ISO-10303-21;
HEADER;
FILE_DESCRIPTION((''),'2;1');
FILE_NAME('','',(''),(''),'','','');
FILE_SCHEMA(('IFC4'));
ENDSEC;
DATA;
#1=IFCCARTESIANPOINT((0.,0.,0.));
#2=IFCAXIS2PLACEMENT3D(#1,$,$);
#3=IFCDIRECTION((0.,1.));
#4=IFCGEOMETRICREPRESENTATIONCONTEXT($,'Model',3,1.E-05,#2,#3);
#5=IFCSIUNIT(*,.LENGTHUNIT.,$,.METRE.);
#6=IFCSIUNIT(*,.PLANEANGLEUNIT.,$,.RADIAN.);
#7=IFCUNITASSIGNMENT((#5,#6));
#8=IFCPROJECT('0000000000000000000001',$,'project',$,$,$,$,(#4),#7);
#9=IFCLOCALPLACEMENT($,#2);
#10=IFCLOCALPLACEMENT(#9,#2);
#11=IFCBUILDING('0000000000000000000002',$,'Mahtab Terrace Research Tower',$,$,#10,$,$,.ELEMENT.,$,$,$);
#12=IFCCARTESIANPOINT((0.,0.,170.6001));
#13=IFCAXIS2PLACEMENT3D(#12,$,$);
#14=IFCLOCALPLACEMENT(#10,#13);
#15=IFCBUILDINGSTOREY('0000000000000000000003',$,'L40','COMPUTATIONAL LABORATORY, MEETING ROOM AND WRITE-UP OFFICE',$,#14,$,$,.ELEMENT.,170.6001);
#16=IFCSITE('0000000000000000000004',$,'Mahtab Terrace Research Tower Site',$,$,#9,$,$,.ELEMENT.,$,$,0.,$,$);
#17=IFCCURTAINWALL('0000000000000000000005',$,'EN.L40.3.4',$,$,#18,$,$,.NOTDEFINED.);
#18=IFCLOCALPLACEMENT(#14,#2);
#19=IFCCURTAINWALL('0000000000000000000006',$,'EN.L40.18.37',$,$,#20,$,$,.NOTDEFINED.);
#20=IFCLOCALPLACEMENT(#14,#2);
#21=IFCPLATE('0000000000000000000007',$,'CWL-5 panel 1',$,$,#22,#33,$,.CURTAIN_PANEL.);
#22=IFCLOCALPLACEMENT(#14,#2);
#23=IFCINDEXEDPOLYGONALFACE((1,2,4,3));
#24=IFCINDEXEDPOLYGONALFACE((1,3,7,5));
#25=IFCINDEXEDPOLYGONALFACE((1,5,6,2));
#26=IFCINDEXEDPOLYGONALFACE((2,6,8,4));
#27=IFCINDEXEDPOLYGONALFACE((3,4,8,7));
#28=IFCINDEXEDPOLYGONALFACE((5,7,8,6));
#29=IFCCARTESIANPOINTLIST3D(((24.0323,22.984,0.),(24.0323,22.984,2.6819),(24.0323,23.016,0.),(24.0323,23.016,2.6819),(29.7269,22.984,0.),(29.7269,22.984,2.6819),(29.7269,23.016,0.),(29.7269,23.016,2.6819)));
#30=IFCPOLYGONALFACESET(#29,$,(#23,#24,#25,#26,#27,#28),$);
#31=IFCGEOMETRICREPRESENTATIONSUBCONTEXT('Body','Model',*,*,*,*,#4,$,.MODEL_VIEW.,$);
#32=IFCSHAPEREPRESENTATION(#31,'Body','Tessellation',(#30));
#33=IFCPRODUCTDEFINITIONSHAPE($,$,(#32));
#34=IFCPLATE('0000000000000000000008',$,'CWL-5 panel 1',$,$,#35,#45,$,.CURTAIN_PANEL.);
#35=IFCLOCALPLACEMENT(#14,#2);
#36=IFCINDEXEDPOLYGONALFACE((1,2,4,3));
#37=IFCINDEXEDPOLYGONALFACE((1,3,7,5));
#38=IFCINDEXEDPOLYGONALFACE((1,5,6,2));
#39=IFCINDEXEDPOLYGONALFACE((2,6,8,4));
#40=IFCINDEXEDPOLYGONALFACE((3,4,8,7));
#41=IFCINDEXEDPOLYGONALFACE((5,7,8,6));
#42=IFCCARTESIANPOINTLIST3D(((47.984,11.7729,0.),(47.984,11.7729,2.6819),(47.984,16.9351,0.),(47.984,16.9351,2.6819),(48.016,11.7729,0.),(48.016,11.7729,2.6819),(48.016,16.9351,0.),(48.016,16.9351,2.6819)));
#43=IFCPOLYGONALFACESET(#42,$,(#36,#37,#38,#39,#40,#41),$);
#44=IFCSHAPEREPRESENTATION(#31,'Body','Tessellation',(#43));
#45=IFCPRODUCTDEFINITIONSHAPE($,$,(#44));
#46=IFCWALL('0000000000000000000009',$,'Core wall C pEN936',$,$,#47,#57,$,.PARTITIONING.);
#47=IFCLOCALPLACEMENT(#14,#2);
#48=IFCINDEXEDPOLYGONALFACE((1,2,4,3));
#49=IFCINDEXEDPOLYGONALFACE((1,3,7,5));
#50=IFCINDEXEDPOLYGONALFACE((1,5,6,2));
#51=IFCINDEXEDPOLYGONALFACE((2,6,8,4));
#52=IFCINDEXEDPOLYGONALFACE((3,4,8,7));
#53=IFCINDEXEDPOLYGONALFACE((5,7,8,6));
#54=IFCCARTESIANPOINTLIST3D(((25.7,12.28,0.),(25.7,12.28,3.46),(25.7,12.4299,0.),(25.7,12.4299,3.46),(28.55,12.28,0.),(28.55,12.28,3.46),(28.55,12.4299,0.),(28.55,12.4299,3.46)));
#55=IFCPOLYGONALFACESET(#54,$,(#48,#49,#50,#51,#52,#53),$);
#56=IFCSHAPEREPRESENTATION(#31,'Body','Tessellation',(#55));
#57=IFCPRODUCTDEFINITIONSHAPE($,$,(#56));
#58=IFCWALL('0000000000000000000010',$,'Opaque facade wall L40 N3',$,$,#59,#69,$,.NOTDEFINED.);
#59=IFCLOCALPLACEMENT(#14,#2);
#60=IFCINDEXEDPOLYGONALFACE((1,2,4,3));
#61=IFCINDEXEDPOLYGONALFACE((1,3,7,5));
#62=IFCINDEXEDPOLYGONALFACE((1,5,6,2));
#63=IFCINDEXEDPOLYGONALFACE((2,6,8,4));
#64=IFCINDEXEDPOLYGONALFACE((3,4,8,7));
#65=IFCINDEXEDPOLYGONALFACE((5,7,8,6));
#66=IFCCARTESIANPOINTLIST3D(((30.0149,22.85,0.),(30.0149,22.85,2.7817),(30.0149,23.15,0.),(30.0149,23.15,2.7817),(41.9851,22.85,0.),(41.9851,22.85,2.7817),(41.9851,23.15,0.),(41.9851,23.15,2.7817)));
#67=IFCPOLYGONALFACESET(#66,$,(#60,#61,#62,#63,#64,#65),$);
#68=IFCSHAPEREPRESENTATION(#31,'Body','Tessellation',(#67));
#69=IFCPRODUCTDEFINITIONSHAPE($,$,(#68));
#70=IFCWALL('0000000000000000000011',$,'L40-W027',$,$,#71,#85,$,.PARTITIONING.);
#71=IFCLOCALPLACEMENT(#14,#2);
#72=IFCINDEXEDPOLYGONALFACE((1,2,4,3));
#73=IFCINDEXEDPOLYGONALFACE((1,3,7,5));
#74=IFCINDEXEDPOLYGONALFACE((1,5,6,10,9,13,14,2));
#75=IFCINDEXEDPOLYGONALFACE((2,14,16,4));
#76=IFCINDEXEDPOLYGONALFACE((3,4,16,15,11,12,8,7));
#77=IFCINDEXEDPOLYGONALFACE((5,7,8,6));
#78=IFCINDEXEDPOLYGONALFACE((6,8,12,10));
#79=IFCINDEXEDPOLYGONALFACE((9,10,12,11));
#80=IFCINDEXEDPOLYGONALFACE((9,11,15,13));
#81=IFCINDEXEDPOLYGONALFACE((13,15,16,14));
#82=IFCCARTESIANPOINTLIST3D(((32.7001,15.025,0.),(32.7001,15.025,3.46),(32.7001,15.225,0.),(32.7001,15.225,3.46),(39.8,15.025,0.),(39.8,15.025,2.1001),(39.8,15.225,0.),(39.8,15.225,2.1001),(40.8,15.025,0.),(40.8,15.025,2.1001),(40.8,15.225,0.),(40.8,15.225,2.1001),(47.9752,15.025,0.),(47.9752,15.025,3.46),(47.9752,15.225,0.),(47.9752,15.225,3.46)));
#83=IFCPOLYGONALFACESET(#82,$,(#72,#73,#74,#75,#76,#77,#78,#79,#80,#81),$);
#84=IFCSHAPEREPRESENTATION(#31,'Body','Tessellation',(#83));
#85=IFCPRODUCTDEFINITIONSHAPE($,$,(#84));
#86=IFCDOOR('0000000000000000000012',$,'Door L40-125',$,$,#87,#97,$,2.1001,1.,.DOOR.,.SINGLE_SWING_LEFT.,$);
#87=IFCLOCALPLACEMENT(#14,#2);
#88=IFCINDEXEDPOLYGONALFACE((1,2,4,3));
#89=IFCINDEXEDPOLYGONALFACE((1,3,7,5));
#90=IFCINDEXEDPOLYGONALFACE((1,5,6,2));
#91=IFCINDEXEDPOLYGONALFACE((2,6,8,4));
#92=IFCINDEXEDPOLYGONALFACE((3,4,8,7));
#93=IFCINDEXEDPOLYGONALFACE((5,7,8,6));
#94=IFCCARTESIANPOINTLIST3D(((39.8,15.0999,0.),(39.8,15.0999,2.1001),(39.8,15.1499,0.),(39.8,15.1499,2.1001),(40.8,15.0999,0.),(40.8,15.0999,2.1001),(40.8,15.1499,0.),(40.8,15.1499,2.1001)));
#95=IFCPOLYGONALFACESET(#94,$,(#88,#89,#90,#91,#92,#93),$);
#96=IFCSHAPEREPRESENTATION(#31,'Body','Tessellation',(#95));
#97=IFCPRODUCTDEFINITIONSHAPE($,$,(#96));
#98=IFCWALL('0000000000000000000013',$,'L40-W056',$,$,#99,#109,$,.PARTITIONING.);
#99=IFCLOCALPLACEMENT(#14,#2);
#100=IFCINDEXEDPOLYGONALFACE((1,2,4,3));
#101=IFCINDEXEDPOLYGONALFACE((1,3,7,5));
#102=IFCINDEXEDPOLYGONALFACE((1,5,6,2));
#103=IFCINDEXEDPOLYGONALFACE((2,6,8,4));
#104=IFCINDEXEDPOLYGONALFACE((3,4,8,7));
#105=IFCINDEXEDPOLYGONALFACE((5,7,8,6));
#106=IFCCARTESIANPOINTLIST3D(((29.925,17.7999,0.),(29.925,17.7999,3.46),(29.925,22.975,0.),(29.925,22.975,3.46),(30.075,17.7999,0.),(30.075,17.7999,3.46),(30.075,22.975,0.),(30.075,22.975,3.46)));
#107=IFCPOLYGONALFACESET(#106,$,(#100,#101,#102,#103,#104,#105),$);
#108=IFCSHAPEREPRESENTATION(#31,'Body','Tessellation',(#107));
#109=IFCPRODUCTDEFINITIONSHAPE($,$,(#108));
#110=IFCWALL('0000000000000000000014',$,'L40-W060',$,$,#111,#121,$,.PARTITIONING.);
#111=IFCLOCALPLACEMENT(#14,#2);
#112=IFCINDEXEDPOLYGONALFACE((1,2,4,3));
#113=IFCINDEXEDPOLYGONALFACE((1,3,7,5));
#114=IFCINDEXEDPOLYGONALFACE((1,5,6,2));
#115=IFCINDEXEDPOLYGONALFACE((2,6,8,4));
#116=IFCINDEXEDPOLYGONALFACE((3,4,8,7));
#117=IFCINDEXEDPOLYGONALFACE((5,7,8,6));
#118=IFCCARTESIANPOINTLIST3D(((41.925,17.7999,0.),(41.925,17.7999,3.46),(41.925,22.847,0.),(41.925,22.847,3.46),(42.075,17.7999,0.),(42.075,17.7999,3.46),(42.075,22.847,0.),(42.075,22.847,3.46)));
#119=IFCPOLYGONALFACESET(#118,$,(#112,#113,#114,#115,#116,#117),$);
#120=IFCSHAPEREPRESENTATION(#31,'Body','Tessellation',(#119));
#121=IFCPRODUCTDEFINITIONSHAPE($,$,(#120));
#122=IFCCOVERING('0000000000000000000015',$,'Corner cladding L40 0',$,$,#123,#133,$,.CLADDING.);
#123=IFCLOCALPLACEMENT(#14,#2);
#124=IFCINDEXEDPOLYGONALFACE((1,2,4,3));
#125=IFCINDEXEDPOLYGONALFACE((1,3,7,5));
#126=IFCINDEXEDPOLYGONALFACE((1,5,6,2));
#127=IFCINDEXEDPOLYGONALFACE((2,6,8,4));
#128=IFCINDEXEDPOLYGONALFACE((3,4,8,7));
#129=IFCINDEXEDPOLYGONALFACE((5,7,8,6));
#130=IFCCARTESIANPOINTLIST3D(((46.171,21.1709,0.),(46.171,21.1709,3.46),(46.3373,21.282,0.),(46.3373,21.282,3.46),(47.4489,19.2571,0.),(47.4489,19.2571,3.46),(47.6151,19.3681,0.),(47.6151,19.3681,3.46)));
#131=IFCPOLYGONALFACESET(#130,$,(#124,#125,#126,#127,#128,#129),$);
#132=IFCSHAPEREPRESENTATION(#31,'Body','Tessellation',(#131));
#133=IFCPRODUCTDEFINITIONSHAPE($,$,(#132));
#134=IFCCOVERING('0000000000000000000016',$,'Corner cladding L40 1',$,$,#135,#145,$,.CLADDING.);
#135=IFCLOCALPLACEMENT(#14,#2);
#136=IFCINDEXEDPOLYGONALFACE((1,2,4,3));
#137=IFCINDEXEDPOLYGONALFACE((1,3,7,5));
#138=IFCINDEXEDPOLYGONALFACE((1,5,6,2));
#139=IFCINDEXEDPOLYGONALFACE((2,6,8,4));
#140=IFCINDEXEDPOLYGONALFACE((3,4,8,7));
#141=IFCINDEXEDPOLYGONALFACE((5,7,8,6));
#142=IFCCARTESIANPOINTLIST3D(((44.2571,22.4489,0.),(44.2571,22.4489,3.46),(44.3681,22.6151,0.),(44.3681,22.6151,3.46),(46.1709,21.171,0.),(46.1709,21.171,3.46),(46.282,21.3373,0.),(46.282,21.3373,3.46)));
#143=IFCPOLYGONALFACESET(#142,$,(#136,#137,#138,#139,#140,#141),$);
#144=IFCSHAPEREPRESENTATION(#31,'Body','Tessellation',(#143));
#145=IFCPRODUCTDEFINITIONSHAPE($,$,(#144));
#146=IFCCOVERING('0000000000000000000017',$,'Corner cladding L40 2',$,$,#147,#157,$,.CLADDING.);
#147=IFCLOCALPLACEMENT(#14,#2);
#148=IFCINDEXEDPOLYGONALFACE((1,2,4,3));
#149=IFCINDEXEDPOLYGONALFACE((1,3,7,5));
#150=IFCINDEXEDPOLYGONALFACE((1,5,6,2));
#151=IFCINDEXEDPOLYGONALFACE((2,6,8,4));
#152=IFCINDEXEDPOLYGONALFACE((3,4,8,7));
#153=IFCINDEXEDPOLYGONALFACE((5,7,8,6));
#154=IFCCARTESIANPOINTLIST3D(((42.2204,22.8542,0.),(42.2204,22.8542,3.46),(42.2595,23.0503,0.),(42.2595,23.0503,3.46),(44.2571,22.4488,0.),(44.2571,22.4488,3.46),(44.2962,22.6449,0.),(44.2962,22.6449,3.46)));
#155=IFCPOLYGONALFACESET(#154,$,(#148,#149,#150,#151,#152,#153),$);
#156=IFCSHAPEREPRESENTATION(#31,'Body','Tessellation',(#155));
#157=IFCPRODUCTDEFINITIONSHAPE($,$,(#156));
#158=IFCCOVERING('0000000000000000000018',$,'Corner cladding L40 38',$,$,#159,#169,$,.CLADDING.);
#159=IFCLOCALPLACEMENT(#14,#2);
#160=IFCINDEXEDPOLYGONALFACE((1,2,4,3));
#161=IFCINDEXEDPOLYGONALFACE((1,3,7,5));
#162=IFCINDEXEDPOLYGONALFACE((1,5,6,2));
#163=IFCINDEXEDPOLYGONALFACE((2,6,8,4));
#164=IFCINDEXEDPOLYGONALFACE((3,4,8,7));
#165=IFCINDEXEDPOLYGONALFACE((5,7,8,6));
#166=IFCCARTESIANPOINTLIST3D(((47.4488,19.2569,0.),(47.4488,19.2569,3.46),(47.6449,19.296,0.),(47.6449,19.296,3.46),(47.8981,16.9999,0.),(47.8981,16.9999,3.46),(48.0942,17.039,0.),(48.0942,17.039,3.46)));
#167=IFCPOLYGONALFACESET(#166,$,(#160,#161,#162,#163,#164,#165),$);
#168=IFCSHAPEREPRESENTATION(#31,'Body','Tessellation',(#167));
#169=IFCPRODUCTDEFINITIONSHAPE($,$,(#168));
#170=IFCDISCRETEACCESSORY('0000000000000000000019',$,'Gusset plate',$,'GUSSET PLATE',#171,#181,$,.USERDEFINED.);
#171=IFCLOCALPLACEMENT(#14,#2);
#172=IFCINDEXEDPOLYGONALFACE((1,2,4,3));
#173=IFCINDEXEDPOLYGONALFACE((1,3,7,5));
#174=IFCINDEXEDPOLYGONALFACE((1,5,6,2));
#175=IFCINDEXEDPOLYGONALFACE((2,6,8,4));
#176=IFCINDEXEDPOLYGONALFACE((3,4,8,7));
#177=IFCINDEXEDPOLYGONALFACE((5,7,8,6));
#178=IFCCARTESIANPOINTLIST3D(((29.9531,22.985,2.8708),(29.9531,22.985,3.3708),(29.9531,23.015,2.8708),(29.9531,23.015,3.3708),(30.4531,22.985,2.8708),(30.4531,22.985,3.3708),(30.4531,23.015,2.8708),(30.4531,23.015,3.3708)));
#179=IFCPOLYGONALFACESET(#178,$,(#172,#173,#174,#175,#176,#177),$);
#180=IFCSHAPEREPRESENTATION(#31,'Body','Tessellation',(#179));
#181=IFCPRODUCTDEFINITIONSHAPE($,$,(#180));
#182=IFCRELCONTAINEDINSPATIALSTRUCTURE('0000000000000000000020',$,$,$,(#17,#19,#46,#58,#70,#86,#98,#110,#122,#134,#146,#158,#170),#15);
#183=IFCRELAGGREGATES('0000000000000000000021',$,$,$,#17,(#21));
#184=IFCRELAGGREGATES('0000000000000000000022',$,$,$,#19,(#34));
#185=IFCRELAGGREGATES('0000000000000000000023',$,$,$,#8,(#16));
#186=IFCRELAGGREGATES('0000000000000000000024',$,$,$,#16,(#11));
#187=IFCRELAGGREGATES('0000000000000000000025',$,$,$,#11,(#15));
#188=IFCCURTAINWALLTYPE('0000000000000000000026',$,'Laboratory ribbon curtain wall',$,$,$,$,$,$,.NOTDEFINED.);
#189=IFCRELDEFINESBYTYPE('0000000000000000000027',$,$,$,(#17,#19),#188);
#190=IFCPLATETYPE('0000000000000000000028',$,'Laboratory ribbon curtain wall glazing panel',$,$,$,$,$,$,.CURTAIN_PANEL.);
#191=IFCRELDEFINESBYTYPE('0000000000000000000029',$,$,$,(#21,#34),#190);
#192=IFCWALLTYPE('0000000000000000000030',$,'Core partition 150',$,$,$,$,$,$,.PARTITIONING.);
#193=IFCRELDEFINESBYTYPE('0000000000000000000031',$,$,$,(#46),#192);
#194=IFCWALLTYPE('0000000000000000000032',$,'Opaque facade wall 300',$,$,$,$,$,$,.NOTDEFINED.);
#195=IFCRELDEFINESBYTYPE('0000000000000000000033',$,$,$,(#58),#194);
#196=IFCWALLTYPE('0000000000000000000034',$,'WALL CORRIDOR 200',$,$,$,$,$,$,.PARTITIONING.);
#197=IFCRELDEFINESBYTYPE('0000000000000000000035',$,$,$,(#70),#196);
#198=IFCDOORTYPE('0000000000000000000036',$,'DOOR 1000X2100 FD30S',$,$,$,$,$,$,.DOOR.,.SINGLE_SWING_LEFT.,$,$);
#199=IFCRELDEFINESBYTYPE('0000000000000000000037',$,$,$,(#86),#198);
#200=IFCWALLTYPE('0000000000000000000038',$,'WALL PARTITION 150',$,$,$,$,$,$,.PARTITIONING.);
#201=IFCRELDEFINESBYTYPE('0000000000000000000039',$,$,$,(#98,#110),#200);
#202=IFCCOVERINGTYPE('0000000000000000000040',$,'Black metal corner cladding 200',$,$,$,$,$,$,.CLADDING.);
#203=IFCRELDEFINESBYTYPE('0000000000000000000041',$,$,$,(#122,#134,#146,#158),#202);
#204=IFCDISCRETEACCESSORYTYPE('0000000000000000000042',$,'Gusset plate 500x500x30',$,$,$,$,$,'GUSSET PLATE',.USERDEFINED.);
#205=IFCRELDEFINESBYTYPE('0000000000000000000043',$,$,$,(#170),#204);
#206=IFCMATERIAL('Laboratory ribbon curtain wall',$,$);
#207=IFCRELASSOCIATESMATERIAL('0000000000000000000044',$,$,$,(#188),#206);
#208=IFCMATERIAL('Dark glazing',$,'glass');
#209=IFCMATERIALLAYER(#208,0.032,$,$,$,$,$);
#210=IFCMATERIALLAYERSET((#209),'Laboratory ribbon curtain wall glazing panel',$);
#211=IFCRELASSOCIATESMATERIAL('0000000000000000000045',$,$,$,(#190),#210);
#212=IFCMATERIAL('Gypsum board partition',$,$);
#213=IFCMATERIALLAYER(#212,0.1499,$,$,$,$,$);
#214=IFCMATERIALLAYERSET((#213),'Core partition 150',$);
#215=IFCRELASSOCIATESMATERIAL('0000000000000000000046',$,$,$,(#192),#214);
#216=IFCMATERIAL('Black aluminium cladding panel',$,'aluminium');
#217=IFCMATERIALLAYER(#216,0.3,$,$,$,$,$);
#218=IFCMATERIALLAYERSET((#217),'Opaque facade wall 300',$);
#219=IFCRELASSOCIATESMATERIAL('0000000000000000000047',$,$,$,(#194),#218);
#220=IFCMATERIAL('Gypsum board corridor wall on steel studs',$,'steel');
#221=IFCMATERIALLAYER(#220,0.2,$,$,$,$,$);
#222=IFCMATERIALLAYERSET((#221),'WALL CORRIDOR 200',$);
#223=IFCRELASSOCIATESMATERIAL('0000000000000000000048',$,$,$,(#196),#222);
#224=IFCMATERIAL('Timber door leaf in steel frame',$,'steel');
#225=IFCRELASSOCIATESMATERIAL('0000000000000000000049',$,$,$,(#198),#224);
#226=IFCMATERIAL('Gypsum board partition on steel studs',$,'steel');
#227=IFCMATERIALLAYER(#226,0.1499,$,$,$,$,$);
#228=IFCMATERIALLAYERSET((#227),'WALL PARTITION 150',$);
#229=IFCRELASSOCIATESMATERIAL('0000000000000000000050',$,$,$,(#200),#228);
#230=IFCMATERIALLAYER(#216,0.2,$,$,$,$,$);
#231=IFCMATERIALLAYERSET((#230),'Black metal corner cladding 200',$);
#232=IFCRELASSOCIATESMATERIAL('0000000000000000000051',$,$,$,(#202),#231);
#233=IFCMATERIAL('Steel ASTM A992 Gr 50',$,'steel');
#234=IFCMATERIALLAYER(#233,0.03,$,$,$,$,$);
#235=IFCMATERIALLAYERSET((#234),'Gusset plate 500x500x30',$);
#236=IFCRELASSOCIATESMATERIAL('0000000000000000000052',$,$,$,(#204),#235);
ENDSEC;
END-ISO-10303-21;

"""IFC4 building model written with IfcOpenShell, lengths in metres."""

from ifc_helpers import new_model, si_unit, direction, frame, frame_2d, origin, origin_2d, place, context, subcontext, project, spatial, rectangle, extrude, material, layer, layer_set, type_object, element, fill, aggregate, save


model = new_model("IFC4")

# Units and contexts
model_context = context("Model", 3, precision=1e-05, world=origin(), true_north=direction((0.0, 1.0)))
body_context = subcontext(model_context, "Body", "Model", "MODEL_VIEW")
ifc_project = project(units=[si_unit("LENGTHUNIT", "METRE"), si_unit("PLANEANGLEUNIT", "RADIAN")], contexts=[model_context])

# Site, building, storey
site_placement = place(None, origin())
site = spatial("IfcSite", under=ifc_project, at=site_placement, Name="Mahtab Terrace Research Tower Site", CompositionType="ELEMENT", RefElevation=0.0)
building_placement = place(site_placement, origin())
building = spatial("IfcBuilding", under=site, at=building_placement, Name="Mahtab Terrace Research Tower", CompositionType="ELEMENT")
storey_placement = place(building_placement, frame((0.0, 0.0, 170.6001)))
storey = spatial("IfcBuildingStorey", under=building, at=storey_placement, Name="L40", Description="COMPUTATIONAL LABORATORY, MEETING ROOM AND WRITE-UP OFFICE", CompositionType="ELEMENT", Elevation=170.6001)

# Shared definitions
ifc_material_1 = material(Name="Steel ASTM A992 Gr 50", Category="steel")

# Curtain walls
ifc_material_2 = material(Name="Laboratory ribbon curtain wall")
curtain_wall_type = type_object("IfcCurtainWallType", Name="Laboratory ribbon curtain wall", PredefinedType="NOTDEFINED", material=ifc_material_2)
curtain_wall_1_placement = place(storey_placement, origin())
curtain_wall_1 = element("IfcCurtainWall", 1, at=curtain_wall_1_placement, inside=storey, type_object=curtain_wall_type, Name="EN.L40.3.4", PredefinedType="NOTDEFINED")
curtain_wall_2_placement = place(storey_placement, origin())
curtain_wall_2 = element("IfcCurtainWall", 2, at=curtain_wall_2_placement, inside=storey, type_object=curtain_wall_type, Name="EN.L40.18.37", PredefinedType="NOTDEFINED")

# Plates
ifc_material_3 = material(Name="Dark glazing", Category="glass")
ifc_layer_1 = layer(ifc_material_3, 0.032)
ifc_layer_set_1 = layer_set([ifc_layer_1], Name="Laboratory ribbon curtain wall glazing panel")
plate_type = type_object("IfcPlateType", Name="Laboratory ribbon curtain wall glazing panel", PredefinedType="CURTAIN_PANEL", material=ifc_layer_set_1)
plate_1_placement = place(storey_placement, frame((26.8796, 23.0, 0.0), z_axis=(0.0, 0.0, 1.0), x_axis=(-1.0, 0.0, 0.0)))
plate_1 = element("IfcPlate", 3, at=plate_1_placement, type_object=plate_type, Name="CWL-5 panel 1", PredefinedType="CURTAIN_PANEL", context=body_context, shape_type="SweptSolid", body=[
    extrude(rectangle(XDim=5.6946, YDim=0.032, at=origin_2d()), origin(), (0.0, 0.0, 1.0), 2.6819),
])
aggregate(curtain_wall_1, [plate_1])
plate_2_placement = place(storey_placement, frame((48.0, 14.354, 0.0), z_axis=(0.0, 0.0, 1.0), x_axis=(0.0, 1.0, 0.0)))
plate_2 = element("IfcPlate", 4, at=plate_2_placement, type_object=plate_type, Name="CWL-5 panel 1", PredefinedType="CURTAIN_PANEL", context=body_context, shape_type="SweptSolid", body=[
    extrude(rectangle(XDim=5.1621, YDim=0.032, at=origin_2d()), origin(), (0.0, 0.0, 1.0), 2.6819),
])
aggregate(curtain_wall_2, [plate_2])

# Walls
ifc_material_4 = material(Name="Gypsum board partition")
ifc_layer_2 = layer(ifc_material_4, 0.1499)
ifc_layer_set_2 = layer_set([ifc_layer_2], Name="Core partition 150")
wall_type_1 = type_object("IfcWallType", Name="Core partition 150", PredefinedType="PARTITIONING", material=ifc_layer_set_2)
wall_1_placement = place(storey_placement, frame((25.7, 12.355, 0.0), z_axis=(0.0, 0.0, 1.0), x_axis=(1.0, 0.0, 0.0)))
element("IfcWall", 5, at=wall_1_placement, inside=storey, type_object=wall_type_1, Name="Core wall C pEN936", PredefinedType="PARTITIONING", context=body_context, shape_type="SweptSolid", body=[
    extrude(rectangle(XDim=2.8501, YDim=0.1499, at=frame_2d((1.425, 0.0))), origin(), (0.0, 0.0, 1.0), 3.46),
])
ifc_material_5 = material(Name="Black aluminium cladding panel", Category="aluminium")
ifc_layer_3 = layer(ifc_material_5, 0.3)
ifc_layer_set_3 = layer_set([ifc_layer_3], Name="Opaque facade wall 300")
wall_type_2 = type_object("IfcWallType", Name="Opaque facade wall 300", PredefinedType="NOTDEFINED", material=ifc_layer_set_3)
wall_2_placement = place(storey_placement, frame((41.9851, 23.0, 0.0), z_axis=(0.0, 0.0, 1.0), x_axis=(-1.0, 0.0, 0.0)))
element("IfcWall", 6, at=wall_2_placement, inside=storey, type_object=wall_type_2, Name="Opaque facade wall L40 N3", PredefinedType="NOTDEFINED", context=body_context, shape_type="SweptSolid", body=[
    extrude(rectangle(XDim=11.9702, YDim=0.3, at=frame_2d((5.9851, 0.0))), origin(), (0.0, 0.0, 1.0), 2.7817),
])

# Wall, opening, door
ifc_material_6 = material(Name="Gypsum board corridor wall on steel studs", Category="steel")
ifc_layer_4 = layer(ifc_material_6, 0.2)
ifc_layer_set_4 = layer_set([ifc_layer_4], Name="WALL CORRIDOR 200")
wall_type_3 = type_object("IfcWallType", Name="WALL CORRIDOR 200", PredefinedType="PARTITIONING", material=ifc_layer_set_4)
wall_3_placement = place(storey_placement, frame((32.7, 15.125, 0.0), z_axis=(0.0, 0.0, 1.0), x_axis=(1.0, 0.0, 0.0)))
wall_3 = element("IfcWall", 7, at=wall_3_placement, inside=storey, type_object=wall_type_3, Name="L40-W027", PredefinedType="PARTITIONING", context=body_context, shape_type="SweptSolid", body=[
    extrude(rectangle(XDim=15.2751, YDim=0.2, at=frame_2d((7.6377, 0.0))), origin(), (0.0, 0.0, 1.0), 3.46),
])
opening_placement = place(wall_3_placement, frame((7.1001, 0.0, 0.0)))
opening = element("IfcOpeningElement", 8, at=opening_placement, cuts=wall_3, PredefinedType="OPENING", context=body_context, shape_type="SweptSolid", body=[
    extrude(rectangle(XDim=1.0, YDim=2.1001, at=frame_2d((0.5, 1.05))), frame((0.0, 0.1099, 0.0), z_axis=(0.0, -1.0, 0.0), x_axis=(1.0, 0.0, 0.0)), (0.0, 0.0, 1.0), 0.22),
])
ifc_material_7 = material(Name="Timber door leaf in steel frame", Category="steel")
door_type = type_object("IfcDoorType", Name="DOOR 1000X2100 FD30S", OperationType="SINGLE_SWING_LEFT", PredefinedType="DOOR", material=ifc_material_7)
door_placement = place(opening_placement, origin())
door = element("IfcDoor", 9, at=door_placement, inside=storey, type_object=door_type, Name="Door L40-125", OperationType="SINGLE_SWING_LEFT", OverallHeight=2.1001, OverallWidth=1.0, PredefinedType="DOOR", context=body_context, shape_type="SweptSolid", body=[
    extrude(rectangle(XDim=1.0, YDim=2.1001, at=frame_2d((0.5, 1.05))), frame((0.0, 0.0249, 0.0), z_axis=(0.0, -1.0, 0.0), x_axis=(1.0, 0.0, 0.0)), (0.0, 0.0, 1.0), 0.05),
])
fill(opening, door)

# Walls
ifc_material_8 = material(Name="Gypsum board partition on steel studs", Category="steel")
ifc_layer_5 = layer(ifc_material_8, 0.1499)
ifc_layer_set_5 = layer_set([ifc_layer_5], Name="WALL PARTITION 150")
wall_type_4 = type_object("IfcWallType", Name="WALL PARTITION 150", PredefinedType="PARTITIONING", material=ifc_layer_set_5)
wall_4_placement = place(storey_placement, frame((30.0, 17.8, 0.0), z_axis=(0.0, 0.0, 1.0), x_axis=(0.0, 1.0, 0.0)))
element("IfcWall", 10, at=wall_4_placement, inside=storey, type_object=wall_type_4, Name="L40-W056", PredefinedType="PARTITIONING", context=body_context, shape_type="SweptSolid", body=[
    extrude(rectangle(XDim=5.175, YDim=0.1499, at=frame_2d((2.5874, 0.0))), origin(), (0.0, 0.0, 1.0), 3.46),
])
wall_5_placement = place(storey_placement, frame((42.0, 17.8, 0.0), z_axis=(0.0, 0.0, 1.0), x_axis=(0.0, 1.0, 0.0)))
element("IfcWall", 11, at=wall_5_placement, inside=storey, type_object=wall_type_4, Name="L40-W060", PredefinedType="PARTITIONING", context=body_context, shape_type="SweptSolid", body=[
    extrude(rectangle(XDim=5.0471, YDim=0.1499, at=frame_2d((2.5234, 0.0))), origin(), (0.0, 0.0, 1.0), 3.46),
])

# Coverings
ifc_layer_6 = layer(ifc_material_5, 0.2)
ifc_layer_set_6 = layer_set([ifc_layer_6], Name="Black metal corner cladding 200")
covering_type = type_object("IfcCoveringType", Name="Black metal corner cladding 200", PredefinedType="CLADDING", material=ifc_layer_set_6)
for number, where, z_axis, x_axis, name in (
    (12, (46.8931, 20.2695, 0.0), (0.0, 0.0, 1.0), (-0.555291, 0.831656, 0.0), "Corner cladding L40 0"),
    (13, (45.2695, 21.8931, 0.0), (0.0, 0.0, 1.0), (-0.831656, 0.555291, 0.0), "Corner cladding L40 1"),
):
    element("IfcCovering", number, at=place(storey_placement, frame(where, z_axis=z_axis, x_axis=x_axis)), inside=storey, type_object=covering_type, Name=name, PredefinedType="CLADDING", context=body_context, shape_type="SweptSolid", body=[
        extrude(rectangle(XDim=2.3013, YDim=0.2, at=origin_2d()), origin(), (0.0, 0.0, 1.0), 3.46),
    ])
covering_1_placement = place(storey_placement, frame((43.2583, 22.7495, 0.0), z_axis=(0.0, 0.0, 1.0), x_axis=(-0.980761, 0.195212, 0.0)))
element("IfcCovering", 14, at=covering_1_placement, inside=storey, type_object=covering_type, Name="Corner cladding L40 2", PredefinedType="CLADDING", context=body_context, shape_type="SweptSolid", body=[
    extrude(rectangle(XDim=2.0767, YDim=0.2, at=origin_2d()), origin(), (0.0, 0.0, 1.0), 3.46),
])
covering_2_placement = place(storey_placement, frame((47.7715, 18.1479, 0.0), z_axis=(0.0, 0.0, 1.0), x_axis=(-0.195212, 0.980761, 0.0)))
element("IfcCovering", 15, at=covering_2_placement, inside=storey, type_object=covering_type, Name="Corner cladding L40 38", PredefinedType="CLADDING", context=body_context, shape_type="SweptSolid", body=[
    extrude(rectangle(XDim=2.3013, YDim=0.2, at=origin_2d()), origin(), (0.0, 0.0, 1.0), 3.46),
])

# Discrete accessory
ifc_layer_7 = layer(ifc_material_1, 0.03)
ifc_layer_set_7 = layer_set([ifc_layer_7], Name="Gusset plate 500x500x30")
discrete_accessory_type = type_object("IfcDiscreteAccessoryType", Name="Gusset plate 500x500x30", ElementType="GUSSET PLATE", PredefinedType="USERDEFINED", material=ifc_layer_set_7)
for number, where, z_axis, x_axis, name in (
    (16, (30.2031, 23.0, 2.8708), (0.0, 0.0, 1.0), (1.0, 0.0, 0.0), "Gusset plate"),
):
    element("IfcDiscreteAccessory", number, at=place(storey_placement, frame(where, z_axis=z_axis, x_axis=x_axis)), inside=storey, type_object=discrete_accessory_type, Name=name, ObjectType="GUSSET PLATE", PredefinedType="USERDEFINED", context=body_context, shape_type="SweptSolid", body=[
        extrude(rectangle(XDim=0.5, YDim=0.03, at=origin_2d()), origin(), (0.0, 0.0, 1.0), 0.5),
    ])

save(model, "model.ifc")
